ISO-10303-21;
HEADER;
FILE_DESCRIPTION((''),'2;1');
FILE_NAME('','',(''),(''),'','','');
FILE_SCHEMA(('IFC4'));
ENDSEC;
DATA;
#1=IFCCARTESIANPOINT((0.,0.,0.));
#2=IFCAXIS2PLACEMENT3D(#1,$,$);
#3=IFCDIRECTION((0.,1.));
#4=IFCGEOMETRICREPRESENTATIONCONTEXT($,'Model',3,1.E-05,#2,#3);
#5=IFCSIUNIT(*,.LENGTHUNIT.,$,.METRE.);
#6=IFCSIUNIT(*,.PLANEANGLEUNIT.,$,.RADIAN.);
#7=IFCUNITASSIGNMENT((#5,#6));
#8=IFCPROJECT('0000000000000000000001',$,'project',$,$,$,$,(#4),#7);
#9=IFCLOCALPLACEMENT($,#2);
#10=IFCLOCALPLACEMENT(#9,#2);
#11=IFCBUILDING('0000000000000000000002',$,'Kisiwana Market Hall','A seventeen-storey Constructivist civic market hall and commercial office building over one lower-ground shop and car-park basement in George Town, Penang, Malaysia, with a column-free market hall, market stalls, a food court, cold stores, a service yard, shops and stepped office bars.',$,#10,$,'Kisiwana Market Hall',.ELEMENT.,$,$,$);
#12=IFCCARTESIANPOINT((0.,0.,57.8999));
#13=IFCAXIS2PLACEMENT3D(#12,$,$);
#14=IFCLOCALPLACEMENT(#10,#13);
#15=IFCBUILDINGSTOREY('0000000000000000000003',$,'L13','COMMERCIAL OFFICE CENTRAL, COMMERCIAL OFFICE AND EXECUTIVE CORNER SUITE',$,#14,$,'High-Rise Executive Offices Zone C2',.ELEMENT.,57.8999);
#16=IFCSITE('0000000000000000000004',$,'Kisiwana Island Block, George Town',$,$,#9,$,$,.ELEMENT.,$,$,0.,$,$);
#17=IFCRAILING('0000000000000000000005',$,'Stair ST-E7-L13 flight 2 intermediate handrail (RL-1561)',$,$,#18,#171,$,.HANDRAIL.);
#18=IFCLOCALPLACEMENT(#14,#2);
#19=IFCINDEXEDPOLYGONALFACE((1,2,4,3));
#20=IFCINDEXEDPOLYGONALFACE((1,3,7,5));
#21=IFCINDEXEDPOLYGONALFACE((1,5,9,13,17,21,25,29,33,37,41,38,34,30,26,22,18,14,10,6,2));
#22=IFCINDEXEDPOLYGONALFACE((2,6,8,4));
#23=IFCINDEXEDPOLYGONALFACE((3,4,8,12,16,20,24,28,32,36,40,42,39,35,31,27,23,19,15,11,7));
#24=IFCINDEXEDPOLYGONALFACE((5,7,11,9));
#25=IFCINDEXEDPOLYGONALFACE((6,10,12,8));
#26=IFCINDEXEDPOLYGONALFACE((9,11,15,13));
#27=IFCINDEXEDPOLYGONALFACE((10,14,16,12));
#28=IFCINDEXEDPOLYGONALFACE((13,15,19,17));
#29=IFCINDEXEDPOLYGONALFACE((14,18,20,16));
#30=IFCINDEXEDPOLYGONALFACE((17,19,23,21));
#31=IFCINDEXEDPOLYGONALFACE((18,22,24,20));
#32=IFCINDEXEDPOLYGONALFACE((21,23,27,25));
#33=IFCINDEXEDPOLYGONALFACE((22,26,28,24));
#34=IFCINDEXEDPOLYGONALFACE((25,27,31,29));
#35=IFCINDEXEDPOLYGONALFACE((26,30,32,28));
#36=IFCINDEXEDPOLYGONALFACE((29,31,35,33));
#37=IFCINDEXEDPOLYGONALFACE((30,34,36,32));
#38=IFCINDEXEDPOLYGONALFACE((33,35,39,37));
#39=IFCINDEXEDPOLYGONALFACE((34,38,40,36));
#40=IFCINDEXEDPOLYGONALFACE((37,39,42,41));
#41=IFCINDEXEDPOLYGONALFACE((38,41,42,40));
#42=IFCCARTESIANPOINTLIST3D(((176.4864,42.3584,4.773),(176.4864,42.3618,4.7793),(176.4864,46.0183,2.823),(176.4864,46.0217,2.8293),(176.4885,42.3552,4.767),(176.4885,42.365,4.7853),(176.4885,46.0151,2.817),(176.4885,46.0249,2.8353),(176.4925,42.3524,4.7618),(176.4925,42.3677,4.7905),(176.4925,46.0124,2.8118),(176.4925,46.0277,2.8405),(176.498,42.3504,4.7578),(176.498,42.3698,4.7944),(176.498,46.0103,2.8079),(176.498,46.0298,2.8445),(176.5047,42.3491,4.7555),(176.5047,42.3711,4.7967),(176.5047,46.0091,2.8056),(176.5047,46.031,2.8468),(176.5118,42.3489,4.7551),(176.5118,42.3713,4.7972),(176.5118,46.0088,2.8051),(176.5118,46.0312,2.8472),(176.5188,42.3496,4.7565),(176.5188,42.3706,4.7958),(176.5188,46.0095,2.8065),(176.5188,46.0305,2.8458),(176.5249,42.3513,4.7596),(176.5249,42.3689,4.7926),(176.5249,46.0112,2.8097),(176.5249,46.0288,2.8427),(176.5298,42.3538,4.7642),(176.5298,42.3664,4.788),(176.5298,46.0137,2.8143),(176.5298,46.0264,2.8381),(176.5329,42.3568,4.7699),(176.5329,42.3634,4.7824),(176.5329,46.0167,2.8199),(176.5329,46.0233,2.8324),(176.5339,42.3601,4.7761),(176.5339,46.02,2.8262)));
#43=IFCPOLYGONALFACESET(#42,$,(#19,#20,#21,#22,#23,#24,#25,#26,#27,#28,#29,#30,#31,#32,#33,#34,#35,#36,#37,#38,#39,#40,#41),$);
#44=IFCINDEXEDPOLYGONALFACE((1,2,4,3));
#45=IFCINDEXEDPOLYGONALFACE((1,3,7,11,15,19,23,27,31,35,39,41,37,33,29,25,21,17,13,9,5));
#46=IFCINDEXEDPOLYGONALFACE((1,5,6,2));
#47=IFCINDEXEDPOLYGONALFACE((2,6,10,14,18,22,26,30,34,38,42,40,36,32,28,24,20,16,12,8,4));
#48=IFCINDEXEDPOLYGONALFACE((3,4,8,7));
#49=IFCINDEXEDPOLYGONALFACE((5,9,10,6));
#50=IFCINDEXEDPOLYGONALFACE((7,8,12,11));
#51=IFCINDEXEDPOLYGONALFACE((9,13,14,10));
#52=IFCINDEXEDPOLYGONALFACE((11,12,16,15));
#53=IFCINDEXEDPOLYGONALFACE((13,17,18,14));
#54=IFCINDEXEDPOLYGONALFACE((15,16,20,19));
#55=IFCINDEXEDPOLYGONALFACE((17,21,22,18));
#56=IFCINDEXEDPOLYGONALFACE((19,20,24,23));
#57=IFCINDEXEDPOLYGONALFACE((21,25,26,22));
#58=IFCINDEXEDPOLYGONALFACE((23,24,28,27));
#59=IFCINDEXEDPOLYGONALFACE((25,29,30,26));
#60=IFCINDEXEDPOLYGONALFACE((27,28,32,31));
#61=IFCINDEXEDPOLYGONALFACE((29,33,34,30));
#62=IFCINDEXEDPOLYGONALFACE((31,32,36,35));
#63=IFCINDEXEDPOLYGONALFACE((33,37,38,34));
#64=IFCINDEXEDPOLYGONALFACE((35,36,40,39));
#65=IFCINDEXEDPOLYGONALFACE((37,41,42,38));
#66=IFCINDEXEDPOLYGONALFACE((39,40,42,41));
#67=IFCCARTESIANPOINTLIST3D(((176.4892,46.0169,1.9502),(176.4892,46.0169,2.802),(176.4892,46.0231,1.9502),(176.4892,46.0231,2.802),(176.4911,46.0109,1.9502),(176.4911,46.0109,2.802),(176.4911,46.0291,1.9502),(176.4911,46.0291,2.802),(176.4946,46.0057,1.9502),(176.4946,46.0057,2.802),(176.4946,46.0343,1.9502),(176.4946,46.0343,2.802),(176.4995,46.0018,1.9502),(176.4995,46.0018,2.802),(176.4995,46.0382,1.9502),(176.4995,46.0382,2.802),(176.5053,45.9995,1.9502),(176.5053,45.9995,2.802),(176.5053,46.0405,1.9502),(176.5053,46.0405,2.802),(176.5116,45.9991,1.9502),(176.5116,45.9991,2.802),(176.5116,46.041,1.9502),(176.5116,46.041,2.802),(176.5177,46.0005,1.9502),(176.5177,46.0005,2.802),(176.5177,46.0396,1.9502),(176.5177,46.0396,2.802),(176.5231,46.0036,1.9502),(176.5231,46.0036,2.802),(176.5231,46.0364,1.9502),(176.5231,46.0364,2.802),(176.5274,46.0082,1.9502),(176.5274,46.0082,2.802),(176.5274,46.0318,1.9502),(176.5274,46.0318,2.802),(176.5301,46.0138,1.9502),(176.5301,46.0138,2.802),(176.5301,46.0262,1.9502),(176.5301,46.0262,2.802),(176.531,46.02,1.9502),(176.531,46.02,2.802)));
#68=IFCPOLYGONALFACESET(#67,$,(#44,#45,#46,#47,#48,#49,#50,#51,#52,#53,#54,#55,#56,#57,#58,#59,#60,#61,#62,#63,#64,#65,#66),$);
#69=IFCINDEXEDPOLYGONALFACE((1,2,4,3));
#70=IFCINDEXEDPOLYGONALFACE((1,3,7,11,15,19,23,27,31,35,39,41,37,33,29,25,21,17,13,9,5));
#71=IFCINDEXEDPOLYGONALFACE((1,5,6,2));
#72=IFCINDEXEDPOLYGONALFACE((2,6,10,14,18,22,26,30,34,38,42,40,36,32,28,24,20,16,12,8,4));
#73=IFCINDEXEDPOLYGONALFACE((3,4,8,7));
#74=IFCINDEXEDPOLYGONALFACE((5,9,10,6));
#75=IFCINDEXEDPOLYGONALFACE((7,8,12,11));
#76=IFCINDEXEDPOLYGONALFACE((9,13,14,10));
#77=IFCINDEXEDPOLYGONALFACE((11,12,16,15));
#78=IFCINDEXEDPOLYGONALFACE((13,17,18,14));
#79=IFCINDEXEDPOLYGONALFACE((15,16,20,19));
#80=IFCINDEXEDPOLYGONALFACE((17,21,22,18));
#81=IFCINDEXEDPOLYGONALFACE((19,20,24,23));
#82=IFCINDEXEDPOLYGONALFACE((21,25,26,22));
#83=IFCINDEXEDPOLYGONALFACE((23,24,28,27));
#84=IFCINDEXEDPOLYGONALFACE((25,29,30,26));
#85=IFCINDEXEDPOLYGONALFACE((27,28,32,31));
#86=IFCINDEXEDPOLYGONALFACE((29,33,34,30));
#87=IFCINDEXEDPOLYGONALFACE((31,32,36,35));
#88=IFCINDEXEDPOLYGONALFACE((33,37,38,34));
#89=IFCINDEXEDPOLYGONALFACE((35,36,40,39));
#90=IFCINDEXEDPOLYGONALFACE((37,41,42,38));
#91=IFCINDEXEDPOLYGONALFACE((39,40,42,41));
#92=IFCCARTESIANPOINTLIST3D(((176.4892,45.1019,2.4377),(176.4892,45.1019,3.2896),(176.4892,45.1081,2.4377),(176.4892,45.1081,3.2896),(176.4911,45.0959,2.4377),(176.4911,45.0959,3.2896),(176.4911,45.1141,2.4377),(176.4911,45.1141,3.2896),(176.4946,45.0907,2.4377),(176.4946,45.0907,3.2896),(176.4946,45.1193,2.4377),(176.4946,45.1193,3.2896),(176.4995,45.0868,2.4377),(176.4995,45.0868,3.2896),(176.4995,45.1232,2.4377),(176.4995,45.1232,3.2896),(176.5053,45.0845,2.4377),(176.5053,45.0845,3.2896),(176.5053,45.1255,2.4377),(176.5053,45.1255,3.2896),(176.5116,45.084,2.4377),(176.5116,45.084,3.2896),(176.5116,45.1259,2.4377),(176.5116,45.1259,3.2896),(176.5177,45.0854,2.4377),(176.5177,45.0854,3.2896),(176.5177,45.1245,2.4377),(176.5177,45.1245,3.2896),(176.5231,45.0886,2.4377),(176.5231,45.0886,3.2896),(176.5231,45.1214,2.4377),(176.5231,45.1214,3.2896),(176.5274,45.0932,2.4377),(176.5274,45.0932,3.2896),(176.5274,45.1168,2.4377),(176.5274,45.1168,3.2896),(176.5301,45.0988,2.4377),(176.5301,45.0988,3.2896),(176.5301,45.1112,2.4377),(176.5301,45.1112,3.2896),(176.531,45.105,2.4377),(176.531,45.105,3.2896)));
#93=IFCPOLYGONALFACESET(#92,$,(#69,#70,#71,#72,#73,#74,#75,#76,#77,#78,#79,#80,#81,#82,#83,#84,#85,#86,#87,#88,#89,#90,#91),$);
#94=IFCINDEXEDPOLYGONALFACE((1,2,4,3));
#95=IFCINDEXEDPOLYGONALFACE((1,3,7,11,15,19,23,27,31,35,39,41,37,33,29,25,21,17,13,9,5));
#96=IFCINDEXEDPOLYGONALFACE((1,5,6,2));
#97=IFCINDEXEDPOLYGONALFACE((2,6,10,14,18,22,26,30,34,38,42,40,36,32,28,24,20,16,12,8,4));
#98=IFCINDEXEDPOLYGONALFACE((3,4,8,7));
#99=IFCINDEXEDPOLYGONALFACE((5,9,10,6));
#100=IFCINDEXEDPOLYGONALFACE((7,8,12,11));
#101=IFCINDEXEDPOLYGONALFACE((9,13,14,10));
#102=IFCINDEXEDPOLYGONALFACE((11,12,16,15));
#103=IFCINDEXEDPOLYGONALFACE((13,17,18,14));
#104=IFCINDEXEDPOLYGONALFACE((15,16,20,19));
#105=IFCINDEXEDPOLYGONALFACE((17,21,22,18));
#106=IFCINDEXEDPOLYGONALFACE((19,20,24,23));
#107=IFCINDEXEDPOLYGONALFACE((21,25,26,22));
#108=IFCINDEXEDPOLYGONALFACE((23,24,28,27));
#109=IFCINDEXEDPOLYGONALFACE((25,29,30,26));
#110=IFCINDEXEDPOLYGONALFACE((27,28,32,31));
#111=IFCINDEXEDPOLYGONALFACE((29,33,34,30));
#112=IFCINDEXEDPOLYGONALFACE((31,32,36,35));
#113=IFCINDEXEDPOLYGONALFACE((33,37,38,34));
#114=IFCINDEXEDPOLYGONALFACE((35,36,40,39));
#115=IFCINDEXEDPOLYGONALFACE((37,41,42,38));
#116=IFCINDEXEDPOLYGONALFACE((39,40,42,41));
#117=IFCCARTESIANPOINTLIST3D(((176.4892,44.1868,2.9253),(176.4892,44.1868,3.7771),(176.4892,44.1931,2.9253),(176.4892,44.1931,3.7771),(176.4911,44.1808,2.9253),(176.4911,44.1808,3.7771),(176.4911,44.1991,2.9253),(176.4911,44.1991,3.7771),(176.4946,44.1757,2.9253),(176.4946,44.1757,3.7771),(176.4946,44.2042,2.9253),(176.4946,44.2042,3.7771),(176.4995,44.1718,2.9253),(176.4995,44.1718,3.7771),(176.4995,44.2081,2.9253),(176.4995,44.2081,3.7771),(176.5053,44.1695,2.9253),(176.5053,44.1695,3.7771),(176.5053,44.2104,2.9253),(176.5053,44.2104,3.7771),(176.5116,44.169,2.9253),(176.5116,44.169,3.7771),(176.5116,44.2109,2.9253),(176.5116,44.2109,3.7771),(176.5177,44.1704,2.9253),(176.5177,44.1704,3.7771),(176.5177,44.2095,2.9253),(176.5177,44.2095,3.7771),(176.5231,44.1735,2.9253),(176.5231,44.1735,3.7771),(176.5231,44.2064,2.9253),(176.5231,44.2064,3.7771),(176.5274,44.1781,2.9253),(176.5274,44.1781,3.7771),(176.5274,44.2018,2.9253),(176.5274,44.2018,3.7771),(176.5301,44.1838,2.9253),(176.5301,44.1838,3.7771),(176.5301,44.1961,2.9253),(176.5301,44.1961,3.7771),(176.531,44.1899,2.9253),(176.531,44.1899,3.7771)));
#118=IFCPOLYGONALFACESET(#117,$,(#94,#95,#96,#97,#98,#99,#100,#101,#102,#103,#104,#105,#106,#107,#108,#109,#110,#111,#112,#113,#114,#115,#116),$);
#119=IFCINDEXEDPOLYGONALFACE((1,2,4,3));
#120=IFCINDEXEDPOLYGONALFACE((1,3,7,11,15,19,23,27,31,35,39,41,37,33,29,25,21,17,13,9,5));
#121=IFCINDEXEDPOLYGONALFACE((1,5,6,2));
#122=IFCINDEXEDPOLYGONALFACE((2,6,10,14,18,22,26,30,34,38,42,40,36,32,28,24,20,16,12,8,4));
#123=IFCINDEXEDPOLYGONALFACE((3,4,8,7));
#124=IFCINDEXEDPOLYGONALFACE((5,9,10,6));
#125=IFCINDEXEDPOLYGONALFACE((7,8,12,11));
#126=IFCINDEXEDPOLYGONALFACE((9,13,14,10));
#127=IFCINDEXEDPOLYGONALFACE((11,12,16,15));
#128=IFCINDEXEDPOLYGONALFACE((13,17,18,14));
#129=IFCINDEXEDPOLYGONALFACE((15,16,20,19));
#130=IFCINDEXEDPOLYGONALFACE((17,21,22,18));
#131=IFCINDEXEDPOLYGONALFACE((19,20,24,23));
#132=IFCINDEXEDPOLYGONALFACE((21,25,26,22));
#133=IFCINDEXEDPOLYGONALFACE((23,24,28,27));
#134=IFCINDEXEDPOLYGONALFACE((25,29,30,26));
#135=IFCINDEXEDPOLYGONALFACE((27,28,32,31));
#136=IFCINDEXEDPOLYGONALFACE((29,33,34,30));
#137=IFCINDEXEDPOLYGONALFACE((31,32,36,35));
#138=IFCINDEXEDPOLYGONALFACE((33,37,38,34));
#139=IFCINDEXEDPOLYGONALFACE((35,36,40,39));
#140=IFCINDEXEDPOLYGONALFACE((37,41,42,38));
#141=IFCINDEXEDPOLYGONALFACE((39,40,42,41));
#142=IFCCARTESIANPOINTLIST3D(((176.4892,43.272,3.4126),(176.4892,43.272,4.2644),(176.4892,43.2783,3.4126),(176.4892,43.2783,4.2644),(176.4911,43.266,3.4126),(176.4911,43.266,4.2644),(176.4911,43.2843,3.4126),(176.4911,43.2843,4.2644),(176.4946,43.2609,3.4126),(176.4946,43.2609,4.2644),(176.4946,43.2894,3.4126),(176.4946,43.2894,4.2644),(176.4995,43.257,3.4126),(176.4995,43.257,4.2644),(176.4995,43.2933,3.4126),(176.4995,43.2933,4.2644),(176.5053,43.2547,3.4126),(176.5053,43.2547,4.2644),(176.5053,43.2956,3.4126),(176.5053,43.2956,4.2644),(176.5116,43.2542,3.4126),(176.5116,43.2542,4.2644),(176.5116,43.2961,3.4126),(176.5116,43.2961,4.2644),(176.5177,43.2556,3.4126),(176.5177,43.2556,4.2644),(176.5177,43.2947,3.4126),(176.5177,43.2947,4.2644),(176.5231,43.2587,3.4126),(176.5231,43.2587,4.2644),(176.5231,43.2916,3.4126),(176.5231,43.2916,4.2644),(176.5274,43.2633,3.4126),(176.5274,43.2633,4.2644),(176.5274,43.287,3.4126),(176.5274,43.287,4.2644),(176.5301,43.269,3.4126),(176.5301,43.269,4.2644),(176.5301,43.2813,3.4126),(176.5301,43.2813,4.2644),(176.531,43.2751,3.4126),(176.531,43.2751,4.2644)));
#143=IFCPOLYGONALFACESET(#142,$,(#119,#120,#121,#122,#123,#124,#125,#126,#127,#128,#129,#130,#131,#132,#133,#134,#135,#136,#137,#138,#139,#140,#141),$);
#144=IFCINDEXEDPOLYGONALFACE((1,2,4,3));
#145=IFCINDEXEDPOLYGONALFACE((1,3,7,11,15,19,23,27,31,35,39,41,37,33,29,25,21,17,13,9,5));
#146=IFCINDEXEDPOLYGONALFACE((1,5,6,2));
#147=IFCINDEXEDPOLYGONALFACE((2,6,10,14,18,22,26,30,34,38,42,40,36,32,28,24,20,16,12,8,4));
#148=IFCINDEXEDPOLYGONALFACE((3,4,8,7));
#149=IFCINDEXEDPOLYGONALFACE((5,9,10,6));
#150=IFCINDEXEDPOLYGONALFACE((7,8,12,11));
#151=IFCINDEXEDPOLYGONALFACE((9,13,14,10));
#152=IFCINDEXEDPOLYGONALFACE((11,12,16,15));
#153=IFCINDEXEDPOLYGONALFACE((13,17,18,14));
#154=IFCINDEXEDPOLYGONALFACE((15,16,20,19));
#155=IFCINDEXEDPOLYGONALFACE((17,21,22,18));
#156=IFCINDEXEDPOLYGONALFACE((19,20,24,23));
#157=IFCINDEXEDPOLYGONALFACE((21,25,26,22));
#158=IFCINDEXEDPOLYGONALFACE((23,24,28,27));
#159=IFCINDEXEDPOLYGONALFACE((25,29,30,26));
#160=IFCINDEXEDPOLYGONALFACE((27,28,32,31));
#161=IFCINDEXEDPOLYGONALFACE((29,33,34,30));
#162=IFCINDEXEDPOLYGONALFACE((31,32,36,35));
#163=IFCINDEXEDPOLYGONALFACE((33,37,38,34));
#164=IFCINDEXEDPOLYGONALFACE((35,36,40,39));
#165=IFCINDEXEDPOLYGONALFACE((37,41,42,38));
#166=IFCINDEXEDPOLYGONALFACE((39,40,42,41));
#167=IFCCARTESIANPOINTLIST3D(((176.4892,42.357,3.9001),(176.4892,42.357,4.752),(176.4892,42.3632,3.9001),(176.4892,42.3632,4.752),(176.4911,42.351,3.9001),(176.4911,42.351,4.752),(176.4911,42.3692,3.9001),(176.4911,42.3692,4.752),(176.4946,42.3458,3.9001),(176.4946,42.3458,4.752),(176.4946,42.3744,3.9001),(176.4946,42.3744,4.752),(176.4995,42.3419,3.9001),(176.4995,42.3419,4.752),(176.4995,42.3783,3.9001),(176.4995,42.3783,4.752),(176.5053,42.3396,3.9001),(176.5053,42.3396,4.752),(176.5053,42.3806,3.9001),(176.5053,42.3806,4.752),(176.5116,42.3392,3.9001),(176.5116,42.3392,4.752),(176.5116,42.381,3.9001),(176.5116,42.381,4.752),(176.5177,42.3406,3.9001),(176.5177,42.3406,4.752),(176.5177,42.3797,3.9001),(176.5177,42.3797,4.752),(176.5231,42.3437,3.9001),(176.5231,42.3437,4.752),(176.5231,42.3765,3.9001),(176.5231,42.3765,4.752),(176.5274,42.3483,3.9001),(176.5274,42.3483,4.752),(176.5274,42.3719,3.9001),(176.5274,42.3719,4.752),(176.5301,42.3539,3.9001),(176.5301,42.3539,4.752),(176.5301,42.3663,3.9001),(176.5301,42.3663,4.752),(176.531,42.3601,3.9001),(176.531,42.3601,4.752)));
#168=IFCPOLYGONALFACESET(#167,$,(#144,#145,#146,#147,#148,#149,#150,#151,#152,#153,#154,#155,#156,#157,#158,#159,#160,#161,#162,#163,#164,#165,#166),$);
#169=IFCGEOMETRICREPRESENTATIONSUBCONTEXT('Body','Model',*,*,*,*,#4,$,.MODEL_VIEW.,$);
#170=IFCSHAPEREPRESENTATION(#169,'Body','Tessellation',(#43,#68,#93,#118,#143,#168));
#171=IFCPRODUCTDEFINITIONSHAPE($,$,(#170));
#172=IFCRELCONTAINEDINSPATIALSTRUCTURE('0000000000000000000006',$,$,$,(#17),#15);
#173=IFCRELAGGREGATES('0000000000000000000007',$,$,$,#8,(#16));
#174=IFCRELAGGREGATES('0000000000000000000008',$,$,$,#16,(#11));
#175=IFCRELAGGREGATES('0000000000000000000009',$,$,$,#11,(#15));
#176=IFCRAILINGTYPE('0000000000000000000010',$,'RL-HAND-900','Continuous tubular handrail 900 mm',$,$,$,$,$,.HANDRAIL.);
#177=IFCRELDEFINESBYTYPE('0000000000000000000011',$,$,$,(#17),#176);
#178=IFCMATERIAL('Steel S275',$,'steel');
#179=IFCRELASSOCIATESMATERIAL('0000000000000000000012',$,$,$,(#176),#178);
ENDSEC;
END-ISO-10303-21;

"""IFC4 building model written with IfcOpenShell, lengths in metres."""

from ifc_helpers import new_model, si_unit, direction, frame, origin, origin_2d, place, context, subcontext, project, spatial, circle, extrude, material, type_object, element, save


model = new_model("IFC4")

# Units and contexts
model_context = context("Model", 3, precision=1e-05, world=origin(), true_north=direction((0.0, 1.0)))
body_context = subcontext(model_context, "Body", "Model", "MODEL_VIEW")
ifc_project = project(units=[si_unit("LENGTHUNIT", "METRE"), si_unit("PLANEANGLEUNIT", "RADIAN")], contexts=[model_context])

# Site, building, storey
site_placement = place(None, origin())
site = spatial("IfcSite", under=ifc_project, at=site_placement, Name="Kisiwana Island Block, George Town", CompositionType="ELEMENT", RefElevation=0.0)
building_placement = place(site_placement, origin())
building = spatial("IfcBuilding", under=site, at=building_placement, Name="Kisiwana Market Hall", Description="A seventeen-storey Constructivist civic market hall and commercial office building over one lower-ground shop and car-park basement in George Town, Penang, Malaysia, with a column-free market hall, market stalls, a food court, cold stores, a service yard, shops and stepped office bars.", LongName="Kisiwana Market Hall", CompositionType="ELEMENT")
storey_placement = place(building_placement, frame((0.0, 0.0, 57.8999)))
storey = spatial("IfcBuildingStorey", under=building, at=storey_placement, Name="L13", Description="COMMERCIAL OFFICE CENTRAL, COMMERCIAL OFFICE AND EXECUTIVE CORNER SUITE", LongName="High-Rise Executive Offices Zone C2", CompositionType="ELEMENT", Elevation=57.8999)

# Railing
ifc_material_1 = material(Name="Steel S275", Category="steel")
railing_type_1 = type_object("IfcRailingType", Name="RL-HAND-900", Description="Continuous tubular handrail 900 mm", PredefinedType="HANDRAIL", material=ifc_material_1)
railing_1_placement = place(storey_placement, frame((176.51, 46.02, 1.9502)))
element("IfcRailing", 1, at=railing_1_placement, inside=storey, type_object=railing_type_1, Name="Stair ST-E7-L13 flight 2 intermediate handrail (RL-1561)", PredefinedType="HANDRAIL", context=body_context, shape_type="SweptSolid", body=[
    extrude(circle(Radius=0.0239, at=origin_2d()), frame((0.0, 0.0, 0.876), z_axis=(0.0, -0.882553, 0.470212), x_axis=(1.0, 0.0, 0.0)), (0.0, 0.0, 1.0), 4.147),
    extrude(circle(Radius=0.021, at=origin_2d()), origin(), (0.0, 0.0, 1.0), 0.8518),
    extrude(circle(Radius=0.021, at=origin_2d()), frame((0.0, -0.915, 0.4875)), (0.0, 0.0, 1.0), 0.8518),
    extrude(circle(Radius=0.021, at=origin_2d()), frame((0.0, -1.8301, 0.9751)), (0.0, 0.0, 1.0), 0.8518),
    extrude(circle(Radius=0.021, at=origin_2d()), frame((0.0, -2.7449, 1.4624)), (0.0, 0.0, 1.0), 0.8518),
    extrude(circle(Radius=0.021, at=origin_2d()), frame((0.0, -3.6599, 1.95)), (0.0, 0.0, 1.0), 0.8518),
])

save(model, "model.ifc")
